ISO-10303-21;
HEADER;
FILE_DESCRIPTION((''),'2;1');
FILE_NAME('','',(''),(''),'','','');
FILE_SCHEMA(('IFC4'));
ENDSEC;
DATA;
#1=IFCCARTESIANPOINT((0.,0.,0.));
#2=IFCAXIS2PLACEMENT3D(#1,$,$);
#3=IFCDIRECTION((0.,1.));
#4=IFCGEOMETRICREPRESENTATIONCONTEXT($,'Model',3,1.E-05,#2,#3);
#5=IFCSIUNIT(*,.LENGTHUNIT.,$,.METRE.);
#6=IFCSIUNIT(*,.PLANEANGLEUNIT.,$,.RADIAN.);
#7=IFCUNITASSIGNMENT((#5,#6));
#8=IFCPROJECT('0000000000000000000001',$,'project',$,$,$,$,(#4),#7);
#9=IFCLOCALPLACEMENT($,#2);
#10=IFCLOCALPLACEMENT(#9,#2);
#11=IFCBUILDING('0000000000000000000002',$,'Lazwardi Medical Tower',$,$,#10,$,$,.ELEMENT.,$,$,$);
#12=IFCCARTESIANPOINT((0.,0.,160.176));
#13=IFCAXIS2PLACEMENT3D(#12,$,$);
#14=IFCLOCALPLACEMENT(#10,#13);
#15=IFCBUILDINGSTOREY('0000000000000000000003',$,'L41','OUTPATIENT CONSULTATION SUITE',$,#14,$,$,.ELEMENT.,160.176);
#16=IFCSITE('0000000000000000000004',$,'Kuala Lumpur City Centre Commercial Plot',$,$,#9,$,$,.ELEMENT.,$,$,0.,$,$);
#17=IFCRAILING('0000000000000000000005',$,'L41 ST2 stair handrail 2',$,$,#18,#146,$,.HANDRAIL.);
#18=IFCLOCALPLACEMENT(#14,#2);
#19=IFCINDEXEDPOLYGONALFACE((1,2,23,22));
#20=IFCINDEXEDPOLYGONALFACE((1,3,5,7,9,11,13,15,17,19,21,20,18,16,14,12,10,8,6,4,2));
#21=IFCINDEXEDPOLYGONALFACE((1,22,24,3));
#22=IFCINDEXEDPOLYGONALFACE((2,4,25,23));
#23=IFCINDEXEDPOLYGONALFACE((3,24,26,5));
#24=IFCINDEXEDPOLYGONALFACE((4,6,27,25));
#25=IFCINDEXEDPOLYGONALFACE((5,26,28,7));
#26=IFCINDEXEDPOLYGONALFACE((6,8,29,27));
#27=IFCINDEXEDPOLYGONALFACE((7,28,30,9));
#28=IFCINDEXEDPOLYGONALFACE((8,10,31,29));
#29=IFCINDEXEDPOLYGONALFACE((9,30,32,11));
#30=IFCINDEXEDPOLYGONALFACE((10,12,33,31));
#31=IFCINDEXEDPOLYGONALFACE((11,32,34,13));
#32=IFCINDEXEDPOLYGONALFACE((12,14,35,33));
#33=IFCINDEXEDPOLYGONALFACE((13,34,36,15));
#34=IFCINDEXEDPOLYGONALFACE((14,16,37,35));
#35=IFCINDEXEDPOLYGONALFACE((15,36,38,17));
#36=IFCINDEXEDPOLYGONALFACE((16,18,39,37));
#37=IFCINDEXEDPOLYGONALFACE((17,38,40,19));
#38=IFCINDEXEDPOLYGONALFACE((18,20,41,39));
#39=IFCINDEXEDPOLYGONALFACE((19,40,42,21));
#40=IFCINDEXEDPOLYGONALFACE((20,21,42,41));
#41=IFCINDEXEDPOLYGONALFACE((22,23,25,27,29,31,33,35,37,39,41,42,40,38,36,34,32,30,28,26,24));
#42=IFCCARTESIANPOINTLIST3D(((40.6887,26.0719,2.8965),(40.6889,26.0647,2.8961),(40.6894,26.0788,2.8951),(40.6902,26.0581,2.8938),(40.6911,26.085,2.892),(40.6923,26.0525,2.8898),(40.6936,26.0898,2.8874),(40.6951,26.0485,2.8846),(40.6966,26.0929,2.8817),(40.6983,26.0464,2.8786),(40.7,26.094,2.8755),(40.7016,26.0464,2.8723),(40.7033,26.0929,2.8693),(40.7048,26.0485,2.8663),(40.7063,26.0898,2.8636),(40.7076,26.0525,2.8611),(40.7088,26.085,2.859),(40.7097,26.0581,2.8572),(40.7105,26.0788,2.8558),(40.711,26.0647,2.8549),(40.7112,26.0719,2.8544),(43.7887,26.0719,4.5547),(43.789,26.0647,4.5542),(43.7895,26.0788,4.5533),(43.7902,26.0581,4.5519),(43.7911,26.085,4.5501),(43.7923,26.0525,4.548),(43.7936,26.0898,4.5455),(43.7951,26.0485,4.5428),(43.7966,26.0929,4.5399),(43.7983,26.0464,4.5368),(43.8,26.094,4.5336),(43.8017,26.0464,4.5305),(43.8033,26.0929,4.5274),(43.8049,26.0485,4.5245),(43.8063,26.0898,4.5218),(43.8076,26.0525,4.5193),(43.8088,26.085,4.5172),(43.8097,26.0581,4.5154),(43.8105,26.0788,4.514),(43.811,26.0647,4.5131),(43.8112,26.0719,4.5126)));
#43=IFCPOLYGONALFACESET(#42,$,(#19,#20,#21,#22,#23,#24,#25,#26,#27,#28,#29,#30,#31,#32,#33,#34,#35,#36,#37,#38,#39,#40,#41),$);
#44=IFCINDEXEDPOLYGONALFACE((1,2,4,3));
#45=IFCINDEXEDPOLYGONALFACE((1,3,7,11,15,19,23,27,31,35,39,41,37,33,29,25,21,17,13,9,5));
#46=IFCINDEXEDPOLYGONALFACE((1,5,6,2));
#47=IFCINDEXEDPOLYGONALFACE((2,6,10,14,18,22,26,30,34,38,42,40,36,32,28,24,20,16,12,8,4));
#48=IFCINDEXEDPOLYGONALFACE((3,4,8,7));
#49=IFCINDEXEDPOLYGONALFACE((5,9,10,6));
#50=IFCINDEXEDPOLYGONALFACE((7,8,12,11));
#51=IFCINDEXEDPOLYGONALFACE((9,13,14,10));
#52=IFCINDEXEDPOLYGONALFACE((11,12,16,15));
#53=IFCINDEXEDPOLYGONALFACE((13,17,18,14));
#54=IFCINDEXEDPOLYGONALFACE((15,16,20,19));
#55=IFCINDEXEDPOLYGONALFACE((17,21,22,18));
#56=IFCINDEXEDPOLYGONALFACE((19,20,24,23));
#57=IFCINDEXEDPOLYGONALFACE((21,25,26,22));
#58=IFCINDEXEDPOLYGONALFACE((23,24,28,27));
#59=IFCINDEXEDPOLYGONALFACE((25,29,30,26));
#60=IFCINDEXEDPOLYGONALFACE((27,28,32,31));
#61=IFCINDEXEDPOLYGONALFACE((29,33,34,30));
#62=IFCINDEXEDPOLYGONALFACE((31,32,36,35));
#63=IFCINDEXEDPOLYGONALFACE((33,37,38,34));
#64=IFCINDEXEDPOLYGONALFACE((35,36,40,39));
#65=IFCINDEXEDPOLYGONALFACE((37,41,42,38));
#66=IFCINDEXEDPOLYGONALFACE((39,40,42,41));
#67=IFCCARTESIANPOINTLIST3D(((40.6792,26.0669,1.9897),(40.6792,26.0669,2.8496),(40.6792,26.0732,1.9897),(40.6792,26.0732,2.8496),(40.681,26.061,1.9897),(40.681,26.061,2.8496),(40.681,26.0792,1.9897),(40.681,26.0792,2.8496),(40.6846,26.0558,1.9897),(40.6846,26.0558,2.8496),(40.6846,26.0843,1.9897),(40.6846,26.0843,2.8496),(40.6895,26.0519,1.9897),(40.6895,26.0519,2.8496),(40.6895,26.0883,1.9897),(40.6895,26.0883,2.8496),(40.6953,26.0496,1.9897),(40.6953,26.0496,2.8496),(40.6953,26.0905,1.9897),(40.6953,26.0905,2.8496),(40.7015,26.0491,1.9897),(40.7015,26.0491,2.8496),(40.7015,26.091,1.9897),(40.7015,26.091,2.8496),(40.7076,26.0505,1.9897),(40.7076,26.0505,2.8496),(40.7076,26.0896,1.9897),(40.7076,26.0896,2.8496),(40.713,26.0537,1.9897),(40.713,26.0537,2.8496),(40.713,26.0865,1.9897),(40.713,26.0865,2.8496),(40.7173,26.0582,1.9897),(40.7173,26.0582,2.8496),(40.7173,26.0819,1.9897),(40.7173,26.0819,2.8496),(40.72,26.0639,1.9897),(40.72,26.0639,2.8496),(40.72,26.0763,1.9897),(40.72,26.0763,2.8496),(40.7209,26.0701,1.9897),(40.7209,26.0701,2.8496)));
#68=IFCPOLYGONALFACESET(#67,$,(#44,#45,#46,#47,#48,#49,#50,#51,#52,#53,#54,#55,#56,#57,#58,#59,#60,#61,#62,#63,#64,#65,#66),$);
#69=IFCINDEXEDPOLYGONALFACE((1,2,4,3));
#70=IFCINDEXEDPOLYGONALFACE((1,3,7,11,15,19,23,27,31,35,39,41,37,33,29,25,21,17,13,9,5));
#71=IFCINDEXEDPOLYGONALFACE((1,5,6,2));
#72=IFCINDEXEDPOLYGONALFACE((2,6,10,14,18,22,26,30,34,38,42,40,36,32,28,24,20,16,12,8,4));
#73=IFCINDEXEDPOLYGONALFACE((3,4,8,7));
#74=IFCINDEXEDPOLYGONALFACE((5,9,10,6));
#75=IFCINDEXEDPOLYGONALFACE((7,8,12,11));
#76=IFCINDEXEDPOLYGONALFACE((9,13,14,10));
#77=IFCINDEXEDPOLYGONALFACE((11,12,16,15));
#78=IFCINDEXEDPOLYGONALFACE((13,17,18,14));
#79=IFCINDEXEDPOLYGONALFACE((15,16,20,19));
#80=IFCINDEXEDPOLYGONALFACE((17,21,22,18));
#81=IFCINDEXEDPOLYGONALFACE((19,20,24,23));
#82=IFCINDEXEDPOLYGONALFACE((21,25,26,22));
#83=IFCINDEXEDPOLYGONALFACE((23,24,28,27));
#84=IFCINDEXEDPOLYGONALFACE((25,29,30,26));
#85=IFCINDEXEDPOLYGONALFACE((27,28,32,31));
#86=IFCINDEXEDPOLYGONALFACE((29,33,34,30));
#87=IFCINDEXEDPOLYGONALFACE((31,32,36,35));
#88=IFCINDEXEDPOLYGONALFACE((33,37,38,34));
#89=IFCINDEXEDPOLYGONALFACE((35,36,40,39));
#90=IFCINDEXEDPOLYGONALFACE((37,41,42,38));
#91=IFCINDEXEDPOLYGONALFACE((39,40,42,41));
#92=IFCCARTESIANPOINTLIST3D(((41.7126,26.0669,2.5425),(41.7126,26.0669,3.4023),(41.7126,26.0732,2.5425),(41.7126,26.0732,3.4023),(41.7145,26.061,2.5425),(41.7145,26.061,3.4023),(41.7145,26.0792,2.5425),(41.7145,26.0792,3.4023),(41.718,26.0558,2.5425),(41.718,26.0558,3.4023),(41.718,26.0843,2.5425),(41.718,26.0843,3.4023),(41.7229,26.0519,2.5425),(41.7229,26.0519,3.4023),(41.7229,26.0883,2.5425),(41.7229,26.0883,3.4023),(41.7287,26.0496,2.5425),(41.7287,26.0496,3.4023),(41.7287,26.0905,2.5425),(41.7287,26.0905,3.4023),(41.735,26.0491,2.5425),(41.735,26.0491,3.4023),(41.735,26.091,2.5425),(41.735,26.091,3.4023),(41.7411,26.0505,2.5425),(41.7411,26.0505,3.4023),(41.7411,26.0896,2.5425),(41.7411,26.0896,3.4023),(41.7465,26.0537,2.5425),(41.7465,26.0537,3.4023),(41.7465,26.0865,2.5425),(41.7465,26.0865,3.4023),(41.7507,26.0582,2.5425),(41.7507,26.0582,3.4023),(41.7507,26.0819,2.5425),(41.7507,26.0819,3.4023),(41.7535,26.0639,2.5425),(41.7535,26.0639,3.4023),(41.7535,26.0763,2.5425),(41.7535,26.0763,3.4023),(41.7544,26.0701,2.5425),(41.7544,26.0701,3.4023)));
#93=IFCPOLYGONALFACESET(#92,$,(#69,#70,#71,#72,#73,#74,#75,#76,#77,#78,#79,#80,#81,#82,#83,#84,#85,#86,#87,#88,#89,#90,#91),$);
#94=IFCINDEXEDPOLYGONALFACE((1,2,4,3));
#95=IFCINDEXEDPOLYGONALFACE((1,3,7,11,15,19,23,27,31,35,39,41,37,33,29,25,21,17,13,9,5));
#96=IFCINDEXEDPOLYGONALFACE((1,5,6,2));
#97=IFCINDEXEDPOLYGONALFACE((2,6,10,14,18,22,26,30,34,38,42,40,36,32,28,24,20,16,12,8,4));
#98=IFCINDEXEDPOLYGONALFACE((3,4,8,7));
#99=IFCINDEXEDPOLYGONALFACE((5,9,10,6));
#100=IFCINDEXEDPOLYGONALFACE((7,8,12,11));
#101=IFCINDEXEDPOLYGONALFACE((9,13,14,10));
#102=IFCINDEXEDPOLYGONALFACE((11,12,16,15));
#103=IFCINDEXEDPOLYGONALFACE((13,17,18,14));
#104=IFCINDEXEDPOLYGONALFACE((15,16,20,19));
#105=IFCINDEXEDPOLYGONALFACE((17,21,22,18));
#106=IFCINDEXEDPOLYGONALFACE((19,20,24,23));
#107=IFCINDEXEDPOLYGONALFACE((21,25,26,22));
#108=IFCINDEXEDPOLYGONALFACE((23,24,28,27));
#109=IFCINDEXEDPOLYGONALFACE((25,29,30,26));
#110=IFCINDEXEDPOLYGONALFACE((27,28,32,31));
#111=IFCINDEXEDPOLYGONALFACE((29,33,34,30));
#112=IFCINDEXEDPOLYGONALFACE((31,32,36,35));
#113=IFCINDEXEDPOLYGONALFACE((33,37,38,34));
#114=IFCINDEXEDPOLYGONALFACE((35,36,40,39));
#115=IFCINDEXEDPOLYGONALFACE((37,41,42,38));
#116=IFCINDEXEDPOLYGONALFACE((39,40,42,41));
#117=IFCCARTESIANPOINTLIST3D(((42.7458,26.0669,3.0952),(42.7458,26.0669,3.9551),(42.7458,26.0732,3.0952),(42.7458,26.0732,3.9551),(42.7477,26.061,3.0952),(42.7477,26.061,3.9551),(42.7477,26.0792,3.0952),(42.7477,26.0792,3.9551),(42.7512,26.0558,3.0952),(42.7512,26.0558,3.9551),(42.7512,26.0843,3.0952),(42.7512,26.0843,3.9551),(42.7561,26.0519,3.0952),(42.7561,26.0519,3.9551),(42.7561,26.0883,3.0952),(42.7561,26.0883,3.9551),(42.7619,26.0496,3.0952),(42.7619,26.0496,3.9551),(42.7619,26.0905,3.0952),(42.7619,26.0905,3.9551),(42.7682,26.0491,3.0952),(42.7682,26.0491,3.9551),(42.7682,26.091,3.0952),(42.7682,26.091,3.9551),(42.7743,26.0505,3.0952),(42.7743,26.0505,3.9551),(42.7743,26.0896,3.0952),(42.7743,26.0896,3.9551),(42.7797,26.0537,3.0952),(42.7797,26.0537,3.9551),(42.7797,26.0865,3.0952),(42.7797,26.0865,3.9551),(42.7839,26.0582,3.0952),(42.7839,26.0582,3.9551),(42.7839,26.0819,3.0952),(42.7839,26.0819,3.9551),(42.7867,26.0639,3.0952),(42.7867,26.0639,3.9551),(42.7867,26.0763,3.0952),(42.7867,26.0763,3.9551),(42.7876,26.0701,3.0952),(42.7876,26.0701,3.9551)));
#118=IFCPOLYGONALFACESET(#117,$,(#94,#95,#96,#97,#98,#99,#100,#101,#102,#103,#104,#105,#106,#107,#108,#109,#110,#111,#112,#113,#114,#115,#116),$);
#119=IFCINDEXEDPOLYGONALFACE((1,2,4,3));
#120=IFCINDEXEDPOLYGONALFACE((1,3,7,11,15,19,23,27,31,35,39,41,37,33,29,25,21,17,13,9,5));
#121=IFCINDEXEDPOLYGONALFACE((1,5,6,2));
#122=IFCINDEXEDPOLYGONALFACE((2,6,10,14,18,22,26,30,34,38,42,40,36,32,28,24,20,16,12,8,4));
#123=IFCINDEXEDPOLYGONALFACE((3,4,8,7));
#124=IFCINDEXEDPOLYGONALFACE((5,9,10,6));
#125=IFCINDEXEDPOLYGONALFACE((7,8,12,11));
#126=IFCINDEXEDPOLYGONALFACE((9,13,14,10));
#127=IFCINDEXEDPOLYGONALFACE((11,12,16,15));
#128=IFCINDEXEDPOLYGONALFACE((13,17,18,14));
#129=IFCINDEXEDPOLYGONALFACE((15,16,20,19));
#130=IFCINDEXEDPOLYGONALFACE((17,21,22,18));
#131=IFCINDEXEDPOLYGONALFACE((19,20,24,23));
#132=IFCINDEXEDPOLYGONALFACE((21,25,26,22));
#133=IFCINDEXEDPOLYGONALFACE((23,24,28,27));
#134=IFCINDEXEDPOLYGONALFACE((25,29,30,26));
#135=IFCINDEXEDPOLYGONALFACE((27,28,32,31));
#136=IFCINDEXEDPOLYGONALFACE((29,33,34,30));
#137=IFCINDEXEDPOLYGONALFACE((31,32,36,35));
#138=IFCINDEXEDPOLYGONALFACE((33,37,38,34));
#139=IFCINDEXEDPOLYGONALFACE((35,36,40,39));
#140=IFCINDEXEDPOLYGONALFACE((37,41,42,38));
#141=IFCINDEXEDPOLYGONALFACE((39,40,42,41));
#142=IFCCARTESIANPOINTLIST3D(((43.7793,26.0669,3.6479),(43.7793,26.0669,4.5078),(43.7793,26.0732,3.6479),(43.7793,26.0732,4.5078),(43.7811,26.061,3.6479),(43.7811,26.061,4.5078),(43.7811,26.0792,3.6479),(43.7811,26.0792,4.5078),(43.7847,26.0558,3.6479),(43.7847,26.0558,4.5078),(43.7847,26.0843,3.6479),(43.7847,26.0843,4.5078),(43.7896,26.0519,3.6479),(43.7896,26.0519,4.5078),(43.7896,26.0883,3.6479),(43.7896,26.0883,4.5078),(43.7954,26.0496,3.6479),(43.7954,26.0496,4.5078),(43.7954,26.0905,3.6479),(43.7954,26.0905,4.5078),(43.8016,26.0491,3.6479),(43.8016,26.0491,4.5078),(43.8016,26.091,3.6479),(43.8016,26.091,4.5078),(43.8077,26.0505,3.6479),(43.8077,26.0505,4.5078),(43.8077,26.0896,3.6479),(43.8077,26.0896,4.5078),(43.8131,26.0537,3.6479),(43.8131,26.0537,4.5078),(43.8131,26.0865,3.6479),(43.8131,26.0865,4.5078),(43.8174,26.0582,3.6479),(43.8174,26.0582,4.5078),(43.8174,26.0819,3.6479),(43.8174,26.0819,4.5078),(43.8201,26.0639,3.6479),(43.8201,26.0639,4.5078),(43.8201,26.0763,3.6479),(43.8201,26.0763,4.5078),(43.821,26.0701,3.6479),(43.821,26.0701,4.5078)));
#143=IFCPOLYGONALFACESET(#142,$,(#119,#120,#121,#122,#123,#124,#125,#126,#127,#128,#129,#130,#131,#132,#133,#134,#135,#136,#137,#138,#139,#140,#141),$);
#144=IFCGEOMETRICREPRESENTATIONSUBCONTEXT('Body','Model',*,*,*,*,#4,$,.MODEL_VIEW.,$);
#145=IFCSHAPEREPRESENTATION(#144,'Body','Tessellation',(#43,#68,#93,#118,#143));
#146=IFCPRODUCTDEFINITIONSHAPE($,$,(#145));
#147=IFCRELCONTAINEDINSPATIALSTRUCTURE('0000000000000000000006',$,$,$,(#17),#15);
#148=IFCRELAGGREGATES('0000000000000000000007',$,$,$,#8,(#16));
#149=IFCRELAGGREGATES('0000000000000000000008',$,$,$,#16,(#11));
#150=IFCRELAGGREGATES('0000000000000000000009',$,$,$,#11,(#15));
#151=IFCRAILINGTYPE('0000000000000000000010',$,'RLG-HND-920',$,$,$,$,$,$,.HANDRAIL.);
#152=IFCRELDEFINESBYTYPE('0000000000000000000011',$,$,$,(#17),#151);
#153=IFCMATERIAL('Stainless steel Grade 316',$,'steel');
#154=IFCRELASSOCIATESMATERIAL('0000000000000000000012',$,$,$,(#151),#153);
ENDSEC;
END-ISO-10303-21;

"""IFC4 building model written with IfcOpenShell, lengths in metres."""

from ifc_helpers import new_model, si_unit, direction, frame, origin, origin_2d, place, context, subcontext, project, spatial, circle, extrude, material, type_object, element, save


model = new_model("IFC4")

# Units and contexts
model_context = context("Model", 3, precision=1e-05, world=origin(), true_north=direction((0.0, 1.0)))
body_context = subcontext(model_context, "Body", "Model", "MODEL_VIEW")
ifc_project = project(units=[si_unit("LENGTHUNIT", "METRE"), si_unit("PLANEANGLEUNIT", "RADIAN")], contexts=[model_context])

# Site, building, storey
site_placement = place(None, origin())
site = spatial("IfcSite", under=ifc_project, at=site_placement, Name="Kuala Lumpur City Centre Commercial Plot", CompositionType="ELEMENT", RefElevation=0.0)
building_placement = place(site_placement, origin())
building = spatial("IfcBuilding", under=site, at=building_placement, Name="Lazwardi Medical Tower", CompositionType="ELEMENT")
storey_placement = place(building_placement, frame((0.0, 0.0, 160.176)))
storey = spatial("IfcBuildingStorey", under=building, at=storey_placement, Name="L41", Description="OUTPATIENT CONSULTATION SUITE", CompositionType="ELEMENT", Elevation=160.176)

# Railing
ifc_material_1 = material(Name="Stainless steel Grade 316", Category="steel")
railing_type_1 = type_object("IfcRailingType", Name="RLG-HND-920", PredefinedType="HANDRAIL", material=ifc_material_1)
railing_1_placement = place(storey_placement, frame((40.7, 26.0701, 1.9897)))
element("IfcRailing", 1, at=railing_1_placement, inside=storey, type_object=railing_type_1, Name="L41 ST2 stair handrail 2", PredefinedType="HANDRAIL", context=body_context, shape_type="SweptSolid", body=[
    extrude(circle(Radius=0.0239, at=origin_2d()), frame((0.0, 0.0, 0.8857), z_axis=(0.881783, 0.0, 0.471655), x_axis=(0.0, 1.0, 0.0)), (0.0, 0.0, 1.0), 3.5156),
    extrude(circle(Radius=0.021, at=origin_2d()), origin(), (0.0, 0.0, 1.0), 0.8599),
    extrude(circle(Radius=0.021, at=origin_2d()), frame((1.0334, 0.0, 0.5527)), (0.0, 0.0, 1.0), 0.8599),
    extrude(circle(Radius=0.021, at=origin_2d()), frame((2.0667, 0.0, 1.1055)), (0.0, 0.0, 1.0), 0.8599),
    extrude(circle(Radius=0.021, at=origin_2d()), frame((3.1001, 0.0, 1.6582)), (0.0, 0.0, 1.0), 0.8599),
])

save(model, "model.ifc")
